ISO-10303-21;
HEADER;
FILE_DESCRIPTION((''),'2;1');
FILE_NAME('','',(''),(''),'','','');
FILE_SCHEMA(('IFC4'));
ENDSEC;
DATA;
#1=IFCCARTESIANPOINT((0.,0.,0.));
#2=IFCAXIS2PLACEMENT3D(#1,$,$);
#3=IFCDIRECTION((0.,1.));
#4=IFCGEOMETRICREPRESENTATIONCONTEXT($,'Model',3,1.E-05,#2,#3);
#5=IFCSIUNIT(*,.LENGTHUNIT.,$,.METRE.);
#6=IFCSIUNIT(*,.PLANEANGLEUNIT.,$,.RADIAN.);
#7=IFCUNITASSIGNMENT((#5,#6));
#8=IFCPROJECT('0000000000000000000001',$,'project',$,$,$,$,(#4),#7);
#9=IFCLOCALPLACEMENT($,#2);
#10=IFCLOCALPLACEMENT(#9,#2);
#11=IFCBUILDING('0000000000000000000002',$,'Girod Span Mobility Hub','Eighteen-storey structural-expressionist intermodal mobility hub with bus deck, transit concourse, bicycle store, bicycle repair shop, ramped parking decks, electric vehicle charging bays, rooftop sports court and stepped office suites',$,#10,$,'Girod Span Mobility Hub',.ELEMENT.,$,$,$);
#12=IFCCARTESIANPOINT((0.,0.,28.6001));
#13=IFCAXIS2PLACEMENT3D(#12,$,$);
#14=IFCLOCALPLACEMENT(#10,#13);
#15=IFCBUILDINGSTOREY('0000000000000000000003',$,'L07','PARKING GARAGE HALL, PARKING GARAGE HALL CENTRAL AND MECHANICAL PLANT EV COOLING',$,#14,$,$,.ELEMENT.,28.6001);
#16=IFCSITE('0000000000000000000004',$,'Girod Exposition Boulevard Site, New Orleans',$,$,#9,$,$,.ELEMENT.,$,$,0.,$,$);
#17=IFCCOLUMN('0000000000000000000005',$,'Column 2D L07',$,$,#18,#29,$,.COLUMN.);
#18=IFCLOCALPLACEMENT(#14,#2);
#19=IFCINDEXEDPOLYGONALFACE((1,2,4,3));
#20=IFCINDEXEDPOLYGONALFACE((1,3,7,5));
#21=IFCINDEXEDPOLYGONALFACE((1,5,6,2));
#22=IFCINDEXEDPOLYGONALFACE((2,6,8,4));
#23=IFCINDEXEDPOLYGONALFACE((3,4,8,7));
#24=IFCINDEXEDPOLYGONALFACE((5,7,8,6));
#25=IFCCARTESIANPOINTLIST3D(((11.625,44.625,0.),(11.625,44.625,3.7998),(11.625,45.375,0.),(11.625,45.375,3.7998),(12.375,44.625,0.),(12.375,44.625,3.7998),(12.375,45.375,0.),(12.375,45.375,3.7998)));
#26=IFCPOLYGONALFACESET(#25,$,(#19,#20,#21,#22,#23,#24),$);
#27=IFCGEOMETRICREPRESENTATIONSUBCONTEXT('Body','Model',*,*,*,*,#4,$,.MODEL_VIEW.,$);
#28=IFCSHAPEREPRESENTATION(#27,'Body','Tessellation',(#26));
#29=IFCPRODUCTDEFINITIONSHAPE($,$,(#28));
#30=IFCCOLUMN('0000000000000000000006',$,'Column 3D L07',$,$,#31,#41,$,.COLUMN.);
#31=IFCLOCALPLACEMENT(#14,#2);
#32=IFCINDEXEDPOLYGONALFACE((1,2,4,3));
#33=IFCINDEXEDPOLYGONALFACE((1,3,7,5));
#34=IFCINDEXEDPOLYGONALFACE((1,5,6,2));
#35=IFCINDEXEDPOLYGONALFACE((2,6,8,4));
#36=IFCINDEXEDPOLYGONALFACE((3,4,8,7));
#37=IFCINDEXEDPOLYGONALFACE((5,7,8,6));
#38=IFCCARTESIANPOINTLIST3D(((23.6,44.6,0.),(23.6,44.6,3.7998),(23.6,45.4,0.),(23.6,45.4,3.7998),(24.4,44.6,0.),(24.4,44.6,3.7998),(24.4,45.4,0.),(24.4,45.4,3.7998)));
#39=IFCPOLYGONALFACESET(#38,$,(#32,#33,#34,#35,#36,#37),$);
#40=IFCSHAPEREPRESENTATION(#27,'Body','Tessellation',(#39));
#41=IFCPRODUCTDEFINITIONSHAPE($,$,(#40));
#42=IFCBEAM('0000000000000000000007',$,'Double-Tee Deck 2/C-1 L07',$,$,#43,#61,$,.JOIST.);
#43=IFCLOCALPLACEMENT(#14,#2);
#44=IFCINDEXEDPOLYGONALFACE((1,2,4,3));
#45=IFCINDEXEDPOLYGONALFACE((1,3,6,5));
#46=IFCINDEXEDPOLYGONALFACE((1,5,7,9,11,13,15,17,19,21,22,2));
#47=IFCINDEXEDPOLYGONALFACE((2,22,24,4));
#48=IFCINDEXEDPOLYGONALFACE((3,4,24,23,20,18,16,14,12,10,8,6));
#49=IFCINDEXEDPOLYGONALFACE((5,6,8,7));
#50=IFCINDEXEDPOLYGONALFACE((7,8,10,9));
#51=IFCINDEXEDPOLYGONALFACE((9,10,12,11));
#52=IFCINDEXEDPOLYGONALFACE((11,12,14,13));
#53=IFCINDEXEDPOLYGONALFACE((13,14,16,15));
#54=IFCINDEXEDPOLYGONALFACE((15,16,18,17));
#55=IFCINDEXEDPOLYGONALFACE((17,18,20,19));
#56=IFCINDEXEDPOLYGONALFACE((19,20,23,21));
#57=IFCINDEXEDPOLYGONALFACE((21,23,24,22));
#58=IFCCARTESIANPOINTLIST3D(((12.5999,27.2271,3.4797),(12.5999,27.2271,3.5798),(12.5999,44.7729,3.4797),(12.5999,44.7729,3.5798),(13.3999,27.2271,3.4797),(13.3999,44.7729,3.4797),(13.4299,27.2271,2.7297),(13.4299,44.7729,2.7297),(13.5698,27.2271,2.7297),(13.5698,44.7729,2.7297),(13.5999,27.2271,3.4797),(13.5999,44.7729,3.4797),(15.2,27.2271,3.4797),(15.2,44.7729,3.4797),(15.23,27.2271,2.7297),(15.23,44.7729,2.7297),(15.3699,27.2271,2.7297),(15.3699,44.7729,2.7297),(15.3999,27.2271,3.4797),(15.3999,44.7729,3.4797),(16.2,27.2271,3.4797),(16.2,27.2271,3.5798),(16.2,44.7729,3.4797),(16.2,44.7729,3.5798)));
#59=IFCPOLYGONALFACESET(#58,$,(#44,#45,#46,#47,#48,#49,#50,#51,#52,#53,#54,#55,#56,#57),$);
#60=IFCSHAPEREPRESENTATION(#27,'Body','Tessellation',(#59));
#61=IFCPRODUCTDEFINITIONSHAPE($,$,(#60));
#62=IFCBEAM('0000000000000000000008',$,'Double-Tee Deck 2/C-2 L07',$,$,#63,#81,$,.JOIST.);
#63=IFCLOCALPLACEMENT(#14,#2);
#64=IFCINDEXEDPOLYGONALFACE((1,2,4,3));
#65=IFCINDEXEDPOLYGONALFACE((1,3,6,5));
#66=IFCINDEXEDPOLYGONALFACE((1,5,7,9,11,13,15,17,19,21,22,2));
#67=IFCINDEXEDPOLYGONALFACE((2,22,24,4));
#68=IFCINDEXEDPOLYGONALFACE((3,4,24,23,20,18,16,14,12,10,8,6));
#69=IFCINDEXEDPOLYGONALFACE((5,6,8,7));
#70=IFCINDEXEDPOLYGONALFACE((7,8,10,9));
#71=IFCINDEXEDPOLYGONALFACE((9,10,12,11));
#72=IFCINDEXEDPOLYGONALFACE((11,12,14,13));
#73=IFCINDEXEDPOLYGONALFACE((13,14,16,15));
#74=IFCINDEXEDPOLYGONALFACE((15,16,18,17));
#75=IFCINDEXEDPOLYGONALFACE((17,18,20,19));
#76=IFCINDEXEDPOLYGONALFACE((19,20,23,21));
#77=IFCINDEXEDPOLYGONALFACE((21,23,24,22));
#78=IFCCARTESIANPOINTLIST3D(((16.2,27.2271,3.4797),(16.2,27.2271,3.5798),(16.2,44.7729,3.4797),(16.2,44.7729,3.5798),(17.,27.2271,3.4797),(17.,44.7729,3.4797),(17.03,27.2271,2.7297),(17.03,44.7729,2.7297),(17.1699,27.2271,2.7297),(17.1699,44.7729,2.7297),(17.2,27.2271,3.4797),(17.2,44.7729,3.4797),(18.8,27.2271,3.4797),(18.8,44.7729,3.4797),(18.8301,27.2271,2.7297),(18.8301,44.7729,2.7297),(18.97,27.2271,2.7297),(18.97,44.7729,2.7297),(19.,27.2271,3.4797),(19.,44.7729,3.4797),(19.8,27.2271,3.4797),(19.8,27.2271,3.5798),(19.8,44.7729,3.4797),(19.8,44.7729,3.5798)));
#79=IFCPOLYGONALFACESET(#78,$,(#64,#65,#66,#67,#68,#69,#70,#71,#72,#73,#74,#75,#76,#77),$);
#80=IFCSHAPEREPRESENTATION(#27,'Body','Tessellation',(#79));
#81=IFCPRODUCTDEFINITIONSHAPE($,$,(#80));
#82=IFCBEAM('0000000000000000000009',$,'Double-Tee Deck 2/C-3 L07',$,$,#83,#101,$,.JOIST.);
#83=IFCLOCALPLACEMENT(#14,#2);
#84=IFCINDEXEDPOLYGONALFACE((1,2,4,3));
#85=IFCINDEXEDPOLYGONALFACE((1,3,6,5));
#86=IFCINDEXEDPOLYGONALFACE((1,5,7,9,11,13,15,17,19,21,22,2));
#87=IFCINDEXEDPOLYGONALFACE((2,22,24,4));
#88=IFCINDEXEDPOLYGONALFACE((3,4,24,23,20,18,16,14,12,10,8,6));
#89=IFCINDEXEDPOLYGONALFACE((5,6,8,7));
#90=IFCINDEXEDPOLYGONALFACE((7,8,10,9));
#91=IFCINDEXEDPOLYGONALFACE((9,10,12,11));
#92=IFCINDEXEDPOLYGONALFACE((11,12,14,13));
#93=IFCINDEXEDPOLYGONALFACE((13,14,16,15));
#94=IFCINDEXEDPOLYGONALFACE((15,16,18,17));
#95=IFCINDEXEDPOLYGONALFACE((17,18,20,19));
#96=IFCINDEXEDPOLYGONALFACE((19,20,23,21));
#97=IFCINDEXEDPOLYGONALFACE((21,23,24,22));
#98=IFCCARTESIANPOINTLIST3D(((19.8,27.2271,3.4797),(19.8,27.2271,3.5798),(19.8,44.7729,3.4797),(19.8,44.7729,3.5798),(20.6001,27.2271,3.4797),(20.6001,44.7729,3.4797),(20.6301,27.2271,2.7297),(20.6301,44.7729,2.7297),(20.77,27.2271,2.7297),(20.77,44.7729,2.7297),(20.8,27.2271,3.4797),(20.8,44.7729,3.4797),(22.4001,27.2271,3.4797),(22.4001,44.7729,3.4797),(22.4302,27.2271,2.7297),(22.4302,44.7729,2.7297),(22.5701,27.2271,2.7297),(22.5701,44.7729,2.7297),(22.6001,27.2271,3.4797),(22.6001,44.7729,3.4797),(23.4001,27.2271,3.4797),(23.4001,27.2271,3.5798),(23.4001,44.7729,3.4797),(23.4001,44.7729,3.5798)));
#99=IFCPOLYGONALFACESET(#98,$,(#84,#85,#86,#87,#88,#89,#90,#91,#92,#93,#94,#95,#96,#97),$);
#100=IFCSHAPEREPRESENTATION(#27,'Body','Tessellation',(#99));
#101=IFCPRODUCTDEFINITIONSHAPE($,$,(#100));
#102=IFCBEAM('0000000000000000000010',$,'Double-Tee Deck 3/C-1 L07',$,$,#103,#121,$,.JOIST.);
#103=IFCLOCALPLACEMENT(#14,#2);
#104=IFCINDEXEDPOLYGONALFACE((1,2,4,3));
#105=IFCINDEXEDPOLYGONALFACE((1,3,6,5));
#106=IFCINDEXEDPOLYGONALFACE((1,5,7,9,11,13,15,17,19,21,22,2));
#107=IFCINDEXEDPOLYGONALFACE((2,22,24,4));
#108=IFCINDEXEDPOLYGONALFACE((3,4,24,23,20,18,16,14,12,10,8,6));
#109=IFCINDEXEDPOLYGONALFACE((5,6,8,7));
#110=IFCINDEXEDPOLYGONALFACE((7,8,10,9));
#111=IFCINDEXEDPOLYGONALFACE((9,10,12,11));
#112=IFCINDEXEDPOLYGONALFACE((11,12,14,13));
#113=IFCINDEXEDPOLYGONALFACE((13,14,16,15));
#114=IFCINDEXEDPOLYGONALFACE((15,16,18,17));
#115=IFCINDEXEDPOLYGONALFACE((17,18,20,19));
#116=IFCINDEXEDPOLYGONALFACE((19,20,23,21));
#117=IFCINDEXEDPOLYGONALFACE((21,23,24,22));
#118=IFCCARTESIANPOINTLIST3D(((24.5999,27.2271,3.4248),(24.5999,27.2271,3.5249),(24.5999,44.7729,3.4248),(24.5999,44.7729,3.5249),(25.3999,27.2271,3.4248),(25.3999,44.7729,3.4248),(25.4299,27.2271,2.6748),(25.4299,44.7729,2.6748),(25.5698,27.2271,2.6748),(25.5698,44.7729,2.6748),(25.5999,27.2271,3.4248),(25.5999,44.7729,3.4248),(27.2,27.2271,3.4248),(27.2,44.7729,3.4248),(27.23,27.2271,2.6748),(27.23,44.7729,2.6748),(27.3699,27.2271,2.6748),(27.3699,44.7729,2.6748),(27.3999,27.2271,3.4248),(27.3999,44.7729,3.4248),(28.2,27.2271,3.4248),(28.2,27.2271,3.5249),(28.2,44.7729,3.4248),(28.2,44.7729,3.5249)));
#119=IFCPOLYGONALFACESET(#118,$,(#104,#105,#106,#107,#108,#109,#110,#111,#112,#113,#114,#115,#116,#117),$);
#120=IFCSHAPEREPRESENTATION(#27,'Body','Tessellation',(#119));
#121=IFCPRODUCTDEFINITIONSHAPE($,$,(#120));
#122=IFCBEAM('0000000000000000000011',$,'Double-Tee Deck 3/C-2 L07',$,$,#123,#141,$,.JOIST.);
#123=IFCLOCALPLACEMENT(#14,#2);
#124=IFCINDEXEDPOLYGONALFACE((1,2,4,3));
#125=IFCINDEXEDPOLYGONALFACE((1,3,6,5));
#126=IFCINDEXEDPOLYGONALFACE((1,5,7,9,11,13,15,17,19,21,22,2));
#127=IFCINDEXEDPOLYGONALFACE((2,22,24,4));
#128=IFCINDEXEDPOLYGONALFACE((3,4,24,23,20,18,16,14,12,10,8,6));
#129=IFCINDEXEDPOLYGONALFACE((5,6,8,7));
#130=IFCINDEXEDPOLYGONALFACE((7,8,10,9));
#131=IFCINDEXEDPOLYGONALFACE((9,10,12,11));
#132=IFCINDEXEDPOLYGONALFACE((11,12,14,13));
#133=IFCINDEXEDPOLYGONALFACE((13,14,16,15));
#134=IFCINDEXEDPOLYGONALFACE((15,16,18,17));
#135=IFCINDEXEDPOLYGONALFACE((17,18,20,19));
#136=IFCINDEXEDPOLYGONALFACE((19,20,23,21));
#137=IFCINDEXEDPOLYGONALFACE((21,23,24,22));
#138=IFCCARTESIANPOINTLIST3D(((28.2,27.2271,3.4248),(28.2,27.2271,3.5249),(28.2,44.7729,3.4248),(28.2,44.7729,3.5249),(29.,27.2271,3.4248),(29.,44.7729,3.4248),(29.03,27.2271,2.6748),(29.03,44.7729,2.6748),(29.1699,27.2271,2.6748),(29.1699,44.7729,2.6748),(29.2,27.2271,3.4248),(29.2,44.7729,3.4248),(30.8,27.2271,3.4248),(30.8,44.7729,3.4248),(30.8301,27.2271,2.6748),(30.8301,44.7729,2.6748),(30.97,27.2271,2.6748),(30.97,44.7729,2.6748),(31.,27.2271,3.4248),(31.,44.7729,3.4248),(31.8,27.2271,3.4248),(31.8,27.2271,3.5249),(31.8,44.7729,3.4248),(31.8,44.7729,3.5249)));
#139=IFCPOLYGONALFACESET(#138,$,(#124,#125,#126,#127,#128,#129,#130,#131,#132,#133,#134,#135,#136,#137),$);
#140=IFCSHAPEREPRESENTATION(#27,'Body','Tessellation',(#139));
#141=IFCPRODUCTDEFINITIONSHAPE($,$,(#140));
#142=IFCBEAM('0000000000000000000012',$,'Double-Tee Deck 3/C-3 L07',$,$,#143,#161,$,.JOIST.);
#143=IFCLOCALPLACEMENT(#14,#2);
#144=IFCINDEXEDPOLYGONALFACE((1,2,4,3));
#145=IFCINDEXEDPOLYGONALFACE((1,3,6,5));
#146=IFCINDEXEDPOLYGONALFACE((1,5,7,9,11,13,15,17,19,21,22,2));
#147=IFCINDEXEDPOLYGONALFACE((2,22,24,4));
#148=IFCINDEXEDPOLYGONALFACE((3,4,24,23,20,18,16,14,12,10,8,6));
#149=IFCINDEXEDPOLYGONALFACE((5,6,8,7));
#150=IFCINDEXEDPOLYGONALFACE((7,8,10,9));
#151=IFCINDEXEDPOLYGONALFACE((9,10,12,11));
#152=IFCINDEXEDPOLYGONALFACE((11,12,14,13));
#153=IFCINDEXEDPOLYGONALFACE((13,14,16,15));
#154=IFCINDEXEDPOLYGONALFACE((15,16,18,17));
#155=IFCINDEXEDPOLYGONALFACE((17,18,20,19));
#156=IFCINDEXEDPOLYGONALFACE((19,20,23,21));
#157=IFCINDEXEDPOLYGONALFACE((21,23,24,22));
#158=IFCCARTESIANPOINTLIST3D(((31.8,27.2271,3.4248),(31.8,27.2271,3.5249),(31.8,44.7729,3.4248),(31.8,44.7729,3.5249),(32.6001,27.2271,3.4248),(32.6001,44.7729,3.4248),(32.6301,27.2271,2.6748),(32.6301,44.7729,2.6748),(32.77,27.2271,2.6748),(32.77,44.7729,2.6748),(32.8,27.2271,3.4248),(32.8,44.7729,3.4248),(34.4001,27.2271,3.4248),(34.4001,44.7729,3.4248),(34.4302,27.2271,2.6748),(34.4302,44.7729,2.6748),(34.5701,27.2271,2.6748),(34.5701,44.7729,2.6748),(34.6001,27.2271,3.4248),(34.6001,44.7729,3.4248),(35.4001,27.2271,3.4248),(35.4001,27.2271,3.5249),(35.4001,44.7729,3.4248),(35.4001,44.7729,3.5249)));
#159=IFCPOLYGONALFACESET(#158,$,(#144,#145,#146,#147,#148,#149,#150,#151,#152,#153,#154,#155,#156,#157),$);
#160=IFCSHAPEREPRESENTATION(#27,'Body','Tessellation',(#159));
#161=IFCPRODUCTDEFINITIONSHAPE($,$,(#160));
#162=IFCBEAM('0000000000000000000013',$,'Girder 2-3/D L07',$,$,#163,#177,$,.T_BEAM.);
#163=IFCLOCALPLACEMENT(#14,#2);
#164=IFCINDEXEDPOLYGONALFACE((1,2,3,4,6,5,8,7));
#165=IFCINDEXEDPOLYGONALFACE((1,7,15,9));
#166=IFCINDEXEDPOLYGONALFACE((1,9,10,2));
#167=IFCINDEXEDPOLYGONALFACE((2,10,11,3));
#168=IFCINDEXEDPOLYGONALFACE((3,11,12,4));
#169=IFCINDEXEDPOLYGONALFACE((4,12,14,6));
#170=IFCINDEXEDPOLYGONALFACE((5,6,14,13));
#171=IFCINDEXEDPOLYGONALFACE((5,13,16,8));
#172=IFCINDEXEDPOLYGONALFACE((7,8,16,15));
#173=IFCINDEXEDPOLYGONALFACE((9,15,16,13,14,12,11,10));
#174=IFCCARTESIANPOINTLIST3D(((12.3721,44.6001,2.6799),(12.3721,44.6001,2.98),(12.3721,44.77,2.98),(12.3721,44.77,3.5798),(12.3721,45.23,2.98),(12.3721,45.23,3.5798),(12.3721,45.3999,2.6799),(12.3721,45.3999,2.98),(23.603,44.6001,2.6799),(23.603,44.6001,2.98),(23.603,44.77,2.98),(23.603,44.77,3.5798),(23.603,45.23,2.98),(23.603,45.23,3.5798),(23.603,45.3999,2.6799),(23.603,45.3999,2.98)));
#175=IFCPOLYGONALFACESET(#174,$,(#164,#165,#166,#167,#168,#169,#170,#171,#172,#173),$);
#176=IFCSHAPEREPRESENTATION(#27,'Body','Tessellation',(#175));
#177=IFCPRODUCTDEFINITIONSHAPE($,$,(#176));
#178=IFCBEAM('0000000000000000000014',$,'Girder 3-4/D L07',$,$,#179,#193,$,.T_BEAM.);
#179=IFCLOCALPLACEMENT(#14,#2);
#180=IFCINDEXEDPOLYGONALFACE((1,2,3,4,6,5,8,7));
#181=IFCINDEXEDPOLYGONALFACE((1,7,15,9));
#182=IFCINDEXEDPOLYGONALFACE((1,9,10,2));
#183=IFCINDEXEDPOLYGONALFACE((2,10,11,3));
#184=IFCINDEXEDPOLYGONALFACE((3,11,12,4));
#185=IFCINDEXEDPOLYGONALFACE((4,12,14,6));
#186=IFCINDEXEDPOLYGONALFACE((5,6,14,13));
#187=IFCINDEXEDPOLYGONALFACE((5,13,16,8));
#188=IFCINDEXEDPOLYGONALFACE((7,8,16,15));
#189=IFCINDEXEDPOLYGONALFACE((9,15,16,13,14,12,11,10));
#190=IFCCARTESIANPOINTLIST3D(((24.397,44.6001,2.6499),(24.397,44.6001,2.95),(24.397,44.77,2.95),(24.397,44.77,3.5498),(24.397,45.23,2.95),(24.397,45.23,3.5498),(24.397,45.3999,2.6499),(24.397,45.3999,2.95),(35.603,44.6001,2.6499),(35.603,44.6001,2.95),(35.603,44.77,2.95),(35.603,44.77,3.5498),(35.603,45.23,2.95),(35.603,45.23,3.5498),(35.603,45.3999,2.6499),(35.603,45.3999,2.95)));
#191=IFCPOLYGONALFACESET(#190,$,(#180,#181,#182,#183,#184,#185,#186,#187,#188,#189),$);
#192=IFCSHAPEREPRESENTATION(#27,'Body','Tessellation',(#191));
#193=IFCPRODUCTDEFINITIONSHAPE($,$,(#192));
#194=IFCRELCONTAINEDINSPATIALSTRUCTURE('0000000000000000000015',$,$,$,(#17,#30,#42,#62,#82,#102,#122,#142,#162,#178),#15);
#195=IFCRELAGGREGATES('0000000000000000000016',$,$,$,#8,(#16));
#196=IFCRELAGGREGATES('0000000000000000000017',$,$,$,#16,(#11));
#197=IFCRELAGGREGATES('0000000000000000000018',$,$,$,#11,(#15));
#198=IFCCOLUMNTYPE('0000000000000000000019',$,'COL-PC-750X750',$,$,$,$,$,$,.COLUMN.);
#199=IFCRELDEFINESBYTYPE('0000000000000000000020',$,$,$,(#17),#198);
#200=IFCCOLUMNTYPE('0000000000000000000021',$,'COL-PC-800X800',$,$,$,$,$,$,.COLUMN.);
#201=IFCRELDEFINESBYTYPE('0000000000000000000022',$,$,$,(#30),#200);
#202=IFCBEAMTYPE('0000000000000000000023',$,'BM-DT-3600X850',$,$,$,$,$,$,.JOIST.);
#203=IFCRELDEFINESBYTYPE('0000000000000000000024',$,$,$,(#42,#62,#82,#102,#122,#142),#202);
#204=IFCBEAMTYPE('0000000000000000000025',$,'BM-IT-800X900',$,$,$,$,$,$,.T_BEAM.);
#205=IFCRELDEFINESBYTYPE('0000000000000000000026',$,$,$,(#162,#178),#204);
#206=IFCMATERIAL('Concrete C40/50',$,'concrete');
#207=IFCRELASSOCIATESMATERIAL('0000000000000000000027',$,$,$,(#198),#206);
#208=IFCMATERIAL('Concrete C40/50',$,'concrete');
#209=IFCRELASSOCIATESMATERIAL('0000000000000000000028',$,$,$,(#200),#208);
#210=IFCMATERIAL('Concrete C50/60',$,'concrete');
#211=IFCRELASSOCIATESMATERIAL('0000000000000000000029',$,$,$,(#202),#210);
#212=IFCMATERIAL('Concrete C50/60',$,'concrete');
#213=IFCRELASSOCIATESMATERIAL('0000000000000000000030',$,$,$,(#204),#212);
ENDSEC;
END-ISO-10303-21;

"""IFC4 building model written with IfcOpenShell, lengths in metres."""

from ifc_helpers import new_model, si_unit, direction, frame, origin, origin_2d, place, context, subcontext, project, spatial, polyline, rectangle, outline, extrude, material, material_profile, profile_set, type_object, element, save


model = new_model("IFC4")

# Units and contexts
model_context = context("Model", 3, precision=1e-05, world=origin(), true_north=direction((0.0, 1.0)))
body_context = subcontext(model_context, "Body", "Model", "MODEL_VIEW")
ifc_project = project(units=[si_unit("LENGTHUNIT", "METRE"), si_unit("PLANEANGLEUNIT", "RADIAN")], contexts=[model_context])

# Site, building, storey
site_placement = place(None, origin())
site = spatial("IfcSite", under=ifc_project, at=site_placement, Name="Girod Exposition Boulevard Site, New Orleans", CompositionType="ELEMENT", RefElevation=0.0)
building_placement = place(site_placement, origin())
building = spatial("IfcBuilding", under=site, at=building_placement, Name="Girod Span Mobility Hub", Description="Eighteen-storey structural-expressionist intermodal mobility hub with bus deck, transit concourse, bicycle store, bicycle repair shop, ramped parking decks, electric vehicle charging bays, rooftop sports court and stepped office suites", LongName="Girod Span Mobility Hub", CompositionType="ELEMENT")
storey_placement = place(building_placement, frame((0.0, 0.0, 28.6001)))
storey = spatial("IfcBuildingStorey", under=building, at=storey_placement, Name="L07", Description="PARKING GARAGE HALL, PARKING GARAGE HALL CENTRAL AND MECHANICAL PLANT EV COOLING", CompositionType="ELEMENT", Elevation=28.6001)

# Columns
ifc_material_1 = material(Name="Concrete C40/50", Category="concrete")
ifc_material_profile_1 = material_profile(ifc_material_1, rectangle(XDim=0.75, YDim=0.75, at=origin_2d()), Name="PC-COL-750X750")
ifc_profile_set_1 = profile_set([ifc_material_profile_1], Name="Concrete C40/50")
column_type_1 = type_object("IfcColumnType", Name="COL-PC-750X750", PredefinedType="COLUMN", material=ifc_profile_set_1)
column_1_placement = place(storey_placement, frame((12.0, 45.0, 0.0), z_axis=(0.0, 0.0, 1.0), x_axis=(1.0, 0.0, 0.0)))
element("IfcColumn", 1, at=column_1_placement, inside=storey, type_object=column_type_1, Name="Column 2D L07", PredefinedType="COLUMN", context=body_context, shape_type="SweptSolid", body=[
    extrude(rectangle(XDim=0.75, YDim=0.75, at=origin_2d()), origin(), (0.0, 0.0, 1.0), 3.7998),
])
ifc_material_2 = material(Name="Concrete C40/50", Category="concrete")
ifc_material_profile_2 = material_profile(ifc_material_2, rectangle(XDim=0.8, YDim=0.8, at=origin_2d()), Name="PC-COL-800X800")
ifc_profile_set_2 = profile_set([ifc_material_profile_2], Name="Concrete C40/50")
column_type_2 = type_object("IfcColumnType", Name="COL-PC-800X800", PredefinedType="COLUMN", material=ifc_profile_set_2)
column_2_placement = place(storey_placement, frame((24.0, 45.0, 0.0), z_axis=(0.0, 0.0, 1.0), x_axis=(1.0, 0.0, 0.0)))
element("IfcColumn", 2, at=column_2_placement, inside=storey, type_object=column_type_2, Name="Column 3D L07", PredefinedType="COLUMN", context=body_context, shape_type="SweptSolid", body=[
    extrude(rectangle(XDim=0.8, YDim=0.8, at=origin_2d()), origin(), (0.0, 0.0, 1.0), 3.7998),
])

# Beams
ifc_material_3 = material(Name="Concrete C50/60", Category="concrete")
ifc_material_profile_3 = material_profile(ifc_material_3, outline(polyline([(-1.8, 0.425), (-1.8, 0.325), (-1.0, 0.325), (-0.97, -0.425), (-0.8301, -0.425), (-0.8, 0.325), (0.8, 0.325), (0.8301, -0.425), (0.97, -0.425), (1.0, 0.325), (1.8, 0.325), (1.8, 0.425), (-1.8, 0.425)])), Name="DT-3600X850")
ifc_profile_set_3 = profile_set([ifc_material_profile_3], Name="Concrete C50/60")
beam_type_1 = type_object("IfcBeamType", Name="BM-DT-3600X850", PredefinedType="JOIST", material=ifc_profile_set_3)
for number, where, z_axis, x_axis, name in (
    (3, (14.3999, 27.2271, 3.1548), (0.0, 1.0, 0.0), (-1.0, 0.0, 0.0), "Double-Tee Deck 2/C-1 L07"),
    (4, (18.0, 27.2271, 3.1548), (0.0, 1.0, 0.0), (-1.0, 0.0, 0.0), "Double-Tee Deck 2/C-2 L07"),
    (5, (21.6001, 27.2271, 3.1548), (0.0, 1.0, 0.0), (-1.0, 0.0, 0.0), "Double-Tee Deck 2/C-3 L07"),
    (6, (26.3999, 27.2271, 3.0999), (0.0, 1.0, 0.0), (-1.0, 0.0, 0.0), "Double-Tee Deck 3/C-1 L07"),
    (7, (30.0, 27.2271, 3.0999), (0.0, 1.0, 0.0), (-1.0, 0.0, 0.0), "Double-Tee Deck 3/C-2 L07"),
    (8, (33.6001, 27.2271, 3.0999), (0.0, 1.0, 0.0), (-1.0, 0.0, 0.0), "Double-Tee Deck 3/C-3 L07"),
):
    element("IfcBeam", number, at=place(storey_placement, frame(where, z_axis=z_axis, x_axis=x_axis)), inside=storey, type_object=beam_type_1, Name=name, PredefinedType="JOIST", context=body_context, shape_type="SweptSolid", body=[
        extrude(outline(polyline([(-1.8, 0.425), (-1.8, 0.325), (-1.0, 0.325), (-0.97, -0.425), (-0.8301, -0.425), (-0.8, 0.325), (0.8, 0.325), (0.8301, -0.425), (0.97, -0.425), (1.0, 0.325), (1.8, 0.325), (1.8, 0.425), (-1.8, 0.425)])), origin(), (0.0, 0.0, 1.0), 17.5459),
    ])
ifc_material_4 = material(Name="Concrete C50/60", Category="concrete")
ifc_material_profile_4 = material_profile(ifc_material_4, outline(polyline([(-0.3999, -0.45), (0.3999, -0.45), (0.3999, -0.1499), (0.23, -0.1499), (0.23, 0.45), (-0.23, 0.45), (-0.23, -0.1499), (-0.3999, -0.1499), (-0.3999, -0.45)])), Name="IT-800X900")
ifc_profile_set_4 = profile_set([ifc_material_profile_4], Name="Concrete C50/60")
beam_type_2 = type_object("IfcBeamType", Name="BM-IT-800X900", PredefinedType="T_BEAM", material=ifc_profile_set_4)
beam_1_placement = place(storey_placement, frame((12.3721, 45.0, 3.1299), z_axis=(1.0, 0.0, 0.0), x_axis=(0.0, 1.0, 0.0)))
element("IfcBeam", 9, at=beam_1_placement, inside=storey, type_object=beam_type_2, Name="Girder 2-3/D L07", PredefinedType="T_BEAM", context=body_context, shape_type="SweptSolid", body=[
    extrude(outline(polyline([(-0.3999, -0.45), (0.3999, -0.45), (0.3999, -0.1499), (0.23, -0.1499), (0.23, 0.45), (-0.23, 0.45), (-0.23, -0.1499), (-0.3999, -0.1499), (-0.3999, -0.45)])), origin(), (0.0, 0.0, 1.0), 11.231),
])
beam_2_placement = place(storey_placement, frame((24.397, 45.0, 3.0999), z_axis=(1.0, 0.0, 0.0), x_axis=(0.0, 1.0, 0.0)))
element("IfcBeam", 10, at=beam_2_placement, inside=storey, type_object=beam_type_2, Name="Girder 3-4/D L07", PredefinedType="T_BEAM", context=body_context, shape_type="SweptSolid", body=[
    extrude(outline(polyline([(-0.3999, -0.45), (0.3999, -0.45), (0.3999, -0.1499), (0.23, -0.1499), (0.23, 0.45), (-0.23, 0.45), (-0.23, -0.1499), (-0.3999, -0.1499), (-0.3999, -0.45)])), origin(), (0.0, 0.0, 1.0), 11.2061),
])

save(model, "model.ifc")
